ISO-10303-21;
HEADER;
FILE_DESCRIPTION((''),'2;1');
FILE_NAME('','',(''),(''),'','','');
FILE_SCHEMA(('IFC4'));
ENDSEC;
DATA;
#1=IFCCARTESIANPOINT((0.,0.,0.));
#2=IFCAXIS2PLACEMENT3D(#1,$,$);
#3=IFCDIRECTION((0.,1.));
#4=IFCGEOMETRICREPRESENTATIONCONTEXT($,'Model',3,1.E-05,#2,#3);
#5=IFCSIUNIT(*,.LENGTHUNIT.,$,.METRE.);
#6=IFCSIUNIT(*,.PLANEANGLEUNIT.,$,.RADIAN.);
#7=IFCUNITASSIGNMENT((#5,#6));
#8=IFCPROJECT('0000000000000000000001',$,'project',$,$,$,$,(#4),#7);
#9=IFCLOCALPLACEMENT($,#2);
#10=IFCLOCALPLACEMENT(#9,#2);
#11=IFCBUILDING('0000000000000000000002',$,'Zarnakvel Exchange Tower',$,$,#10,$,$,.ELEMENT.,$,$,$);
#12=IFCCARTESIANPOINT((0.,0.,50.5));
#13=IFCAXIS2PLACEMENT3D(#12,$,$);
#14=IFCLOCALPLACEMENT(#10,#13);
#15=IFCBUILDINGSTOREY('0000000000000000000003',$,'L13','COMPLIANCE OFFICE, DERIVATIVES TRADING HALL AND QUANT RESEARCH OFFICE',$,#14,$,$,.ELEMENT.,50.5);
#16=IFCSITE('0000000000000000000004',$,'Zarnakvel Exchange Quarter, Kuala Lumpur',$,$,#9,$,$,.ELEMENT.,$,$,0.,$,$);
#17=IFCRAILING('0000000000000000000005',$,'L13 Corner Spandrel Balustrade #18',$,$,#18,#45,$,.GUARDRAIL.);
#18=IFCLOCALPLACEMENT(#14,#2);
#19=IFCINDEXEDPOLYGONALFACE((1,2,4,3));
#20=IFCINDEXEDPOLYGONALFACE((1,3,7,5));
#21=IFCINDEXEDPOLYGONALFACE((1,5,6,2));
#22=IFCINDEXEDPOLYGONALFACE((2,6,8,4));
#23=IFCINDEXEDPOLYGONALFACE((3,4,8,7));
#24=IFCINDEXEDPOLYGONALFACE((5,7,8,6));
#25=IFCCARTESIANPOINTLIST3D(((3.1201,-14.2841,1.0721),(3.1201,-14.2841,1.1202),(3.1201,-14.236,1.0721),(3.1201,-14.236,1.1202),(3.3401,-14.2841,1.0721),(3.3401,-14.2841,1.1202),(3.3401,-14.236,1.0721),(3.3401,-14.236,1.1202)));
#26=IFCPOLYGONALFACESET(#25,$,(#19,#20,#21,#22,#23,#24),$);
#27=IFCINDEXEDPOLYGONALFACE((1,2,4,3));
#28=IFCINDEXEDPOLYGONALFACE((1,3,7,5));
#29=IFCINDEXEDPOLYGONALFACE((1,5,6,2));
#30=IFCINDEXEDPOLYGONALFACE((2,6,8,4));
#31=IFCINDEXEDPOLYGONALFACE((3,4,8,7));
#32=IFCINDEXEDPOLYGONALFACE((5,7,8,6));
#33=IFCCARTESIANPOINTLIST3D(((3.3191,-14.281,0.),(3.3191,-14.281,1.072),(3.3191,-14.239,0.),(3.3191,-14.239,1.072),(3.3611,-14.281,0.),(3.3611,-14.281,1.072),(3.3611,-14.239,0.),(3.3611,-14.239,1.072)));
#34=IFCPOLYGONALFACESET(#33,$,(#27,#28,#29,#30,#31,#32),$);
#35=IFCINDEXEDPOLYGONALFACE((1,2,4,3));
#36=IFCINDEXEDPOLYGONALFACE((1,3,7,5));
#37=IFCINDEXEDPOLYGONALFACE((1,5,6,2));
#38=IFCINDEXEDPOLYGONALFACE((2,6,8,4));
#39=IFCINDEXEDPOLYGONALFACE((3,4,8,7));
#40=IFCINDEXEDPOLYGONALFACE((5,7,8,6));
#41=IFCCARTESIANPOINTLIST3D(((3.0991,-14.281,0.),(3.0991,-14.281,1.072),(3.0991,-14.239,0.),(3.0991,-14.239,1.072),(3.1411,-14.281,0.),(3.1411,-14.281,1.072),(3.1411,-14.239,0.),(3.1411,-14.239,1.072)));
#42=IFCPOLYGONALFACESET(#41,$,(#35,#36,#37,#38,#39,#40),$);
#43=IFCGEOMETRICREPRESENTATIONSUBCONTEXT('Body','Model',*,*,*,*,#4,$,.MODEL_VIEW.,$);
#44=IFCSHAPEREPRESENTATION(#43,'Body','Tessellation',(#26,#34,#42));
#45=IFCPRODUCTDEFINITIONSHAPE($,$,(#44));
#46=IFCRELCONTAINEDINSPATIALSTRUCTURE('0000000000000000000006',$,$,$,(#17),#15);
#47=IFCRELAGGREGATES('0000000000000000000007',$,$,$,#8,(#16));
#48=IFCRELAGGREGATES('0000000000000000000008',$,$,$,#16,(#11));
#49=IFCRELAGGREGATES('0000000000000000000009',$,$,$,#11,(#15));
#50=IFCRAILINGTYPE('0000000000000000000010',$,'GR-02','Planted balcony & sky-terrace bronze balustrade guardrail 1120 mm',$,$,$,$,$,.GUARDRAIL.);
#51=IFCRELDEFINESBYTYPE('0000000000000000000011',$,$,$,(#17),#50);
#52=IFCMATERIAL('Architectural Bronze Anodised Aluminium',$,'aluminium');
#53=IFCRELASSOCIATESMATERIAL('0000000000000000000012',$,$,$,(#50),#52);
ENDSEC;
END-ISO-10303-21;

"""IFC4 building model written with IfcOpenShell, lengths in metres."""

from ifc_helpers import new_model, si_unit, direction, frame, origin, origin_2d, place, context, subcontext, project, spatial, rectangle, extrude, material, type_object, element, save


model = new_model("IFC4")

# Units and contexts
model_context = context("Model", 3, precision=1e-05, world=origin(), true_north=direction((0.0, 1.0)))
body_context = subcontext(model_context, "Body", "Model", "MODEL_VIEW")
ifc_project = project(units=[si_unit("LENGTHUNIT", "METRE"), si_unit("PLANEANGLEUNIT", "RADIAN")], contexts=[model_context])

# Site, building, storey
site_placement = place(None, origin())
site = spatial("IfcSite", under=ifc_project, at=site_placement, Name="Zarnakvel Exchange Quarter, Kuala Lumpur", CompositionType="ELEMENT", RefElevation=0.0)
building_placement = place(site_placement, origin())
building = spatial("IfcBuilding", under=site, at=building_placement, Name="Zarnakvel Exchange Tower", CompositionType="ELEMENT")
storey_placement = place(building_placement, frame((0.0, 0.0, 50.5)))
storey = spatial("IfcBuildingStorey", under=building, at=storey_placement, Name="L13", Description="COMPLIANCE OFFICE, DERIVATIVES TRADING HALL AND QUANT RESEARCH OFFICE", CompositionType="ELEMENT", Elevation=50.5)

# Shared definitions
ifc_material_1 = material(Name="Architectural Bronze Anodised Aluminium", Category="aluminium")

# Railing
railing_type = type_object("IfcRailingType", Name="GR-02", Description="Planted balcony & sky-terrace bronze balustrade guardrail 1120 mm", PredefinedType="GUARDRAIL", material=ifc_material_1)
railing_1_placement = place(storey_placement, frame((3.3401, -14.26, 0.0)))
element("IfcRailing", 1, at=railing_1_placement, inside=storey, type_object=railing_type, Name="L13 Corner Spandrel Balustrade #18", PredefinedType="GUARDRAIL", context=body_context, shape_type="SweptSolid", body=[
    extrude(rectangle(XDim=0.0481, YDim=0.0481, at=origin_2d()), frame((0.0, 0.0, 1.0962), z_axis=(-1.0, 0.0, 0.0), x_axis=(0.0, -1.0, 0.0)), (0.0, 0.0, 1.0), 0.22),
    extrude(rectangle(XDim=0.042, YDim=0.042, at=origin_2d()), origin(), (0.0, 0.0, 1.0), 1.072),
    extrude(rectangle(XDim=0.042, YDim=0.042, at=origin_2d()), frame((-0.22, 0.0, 0.0)), (0.0, 0.0, 1.0), 1.072),
])

save(model, "model.ifc")
